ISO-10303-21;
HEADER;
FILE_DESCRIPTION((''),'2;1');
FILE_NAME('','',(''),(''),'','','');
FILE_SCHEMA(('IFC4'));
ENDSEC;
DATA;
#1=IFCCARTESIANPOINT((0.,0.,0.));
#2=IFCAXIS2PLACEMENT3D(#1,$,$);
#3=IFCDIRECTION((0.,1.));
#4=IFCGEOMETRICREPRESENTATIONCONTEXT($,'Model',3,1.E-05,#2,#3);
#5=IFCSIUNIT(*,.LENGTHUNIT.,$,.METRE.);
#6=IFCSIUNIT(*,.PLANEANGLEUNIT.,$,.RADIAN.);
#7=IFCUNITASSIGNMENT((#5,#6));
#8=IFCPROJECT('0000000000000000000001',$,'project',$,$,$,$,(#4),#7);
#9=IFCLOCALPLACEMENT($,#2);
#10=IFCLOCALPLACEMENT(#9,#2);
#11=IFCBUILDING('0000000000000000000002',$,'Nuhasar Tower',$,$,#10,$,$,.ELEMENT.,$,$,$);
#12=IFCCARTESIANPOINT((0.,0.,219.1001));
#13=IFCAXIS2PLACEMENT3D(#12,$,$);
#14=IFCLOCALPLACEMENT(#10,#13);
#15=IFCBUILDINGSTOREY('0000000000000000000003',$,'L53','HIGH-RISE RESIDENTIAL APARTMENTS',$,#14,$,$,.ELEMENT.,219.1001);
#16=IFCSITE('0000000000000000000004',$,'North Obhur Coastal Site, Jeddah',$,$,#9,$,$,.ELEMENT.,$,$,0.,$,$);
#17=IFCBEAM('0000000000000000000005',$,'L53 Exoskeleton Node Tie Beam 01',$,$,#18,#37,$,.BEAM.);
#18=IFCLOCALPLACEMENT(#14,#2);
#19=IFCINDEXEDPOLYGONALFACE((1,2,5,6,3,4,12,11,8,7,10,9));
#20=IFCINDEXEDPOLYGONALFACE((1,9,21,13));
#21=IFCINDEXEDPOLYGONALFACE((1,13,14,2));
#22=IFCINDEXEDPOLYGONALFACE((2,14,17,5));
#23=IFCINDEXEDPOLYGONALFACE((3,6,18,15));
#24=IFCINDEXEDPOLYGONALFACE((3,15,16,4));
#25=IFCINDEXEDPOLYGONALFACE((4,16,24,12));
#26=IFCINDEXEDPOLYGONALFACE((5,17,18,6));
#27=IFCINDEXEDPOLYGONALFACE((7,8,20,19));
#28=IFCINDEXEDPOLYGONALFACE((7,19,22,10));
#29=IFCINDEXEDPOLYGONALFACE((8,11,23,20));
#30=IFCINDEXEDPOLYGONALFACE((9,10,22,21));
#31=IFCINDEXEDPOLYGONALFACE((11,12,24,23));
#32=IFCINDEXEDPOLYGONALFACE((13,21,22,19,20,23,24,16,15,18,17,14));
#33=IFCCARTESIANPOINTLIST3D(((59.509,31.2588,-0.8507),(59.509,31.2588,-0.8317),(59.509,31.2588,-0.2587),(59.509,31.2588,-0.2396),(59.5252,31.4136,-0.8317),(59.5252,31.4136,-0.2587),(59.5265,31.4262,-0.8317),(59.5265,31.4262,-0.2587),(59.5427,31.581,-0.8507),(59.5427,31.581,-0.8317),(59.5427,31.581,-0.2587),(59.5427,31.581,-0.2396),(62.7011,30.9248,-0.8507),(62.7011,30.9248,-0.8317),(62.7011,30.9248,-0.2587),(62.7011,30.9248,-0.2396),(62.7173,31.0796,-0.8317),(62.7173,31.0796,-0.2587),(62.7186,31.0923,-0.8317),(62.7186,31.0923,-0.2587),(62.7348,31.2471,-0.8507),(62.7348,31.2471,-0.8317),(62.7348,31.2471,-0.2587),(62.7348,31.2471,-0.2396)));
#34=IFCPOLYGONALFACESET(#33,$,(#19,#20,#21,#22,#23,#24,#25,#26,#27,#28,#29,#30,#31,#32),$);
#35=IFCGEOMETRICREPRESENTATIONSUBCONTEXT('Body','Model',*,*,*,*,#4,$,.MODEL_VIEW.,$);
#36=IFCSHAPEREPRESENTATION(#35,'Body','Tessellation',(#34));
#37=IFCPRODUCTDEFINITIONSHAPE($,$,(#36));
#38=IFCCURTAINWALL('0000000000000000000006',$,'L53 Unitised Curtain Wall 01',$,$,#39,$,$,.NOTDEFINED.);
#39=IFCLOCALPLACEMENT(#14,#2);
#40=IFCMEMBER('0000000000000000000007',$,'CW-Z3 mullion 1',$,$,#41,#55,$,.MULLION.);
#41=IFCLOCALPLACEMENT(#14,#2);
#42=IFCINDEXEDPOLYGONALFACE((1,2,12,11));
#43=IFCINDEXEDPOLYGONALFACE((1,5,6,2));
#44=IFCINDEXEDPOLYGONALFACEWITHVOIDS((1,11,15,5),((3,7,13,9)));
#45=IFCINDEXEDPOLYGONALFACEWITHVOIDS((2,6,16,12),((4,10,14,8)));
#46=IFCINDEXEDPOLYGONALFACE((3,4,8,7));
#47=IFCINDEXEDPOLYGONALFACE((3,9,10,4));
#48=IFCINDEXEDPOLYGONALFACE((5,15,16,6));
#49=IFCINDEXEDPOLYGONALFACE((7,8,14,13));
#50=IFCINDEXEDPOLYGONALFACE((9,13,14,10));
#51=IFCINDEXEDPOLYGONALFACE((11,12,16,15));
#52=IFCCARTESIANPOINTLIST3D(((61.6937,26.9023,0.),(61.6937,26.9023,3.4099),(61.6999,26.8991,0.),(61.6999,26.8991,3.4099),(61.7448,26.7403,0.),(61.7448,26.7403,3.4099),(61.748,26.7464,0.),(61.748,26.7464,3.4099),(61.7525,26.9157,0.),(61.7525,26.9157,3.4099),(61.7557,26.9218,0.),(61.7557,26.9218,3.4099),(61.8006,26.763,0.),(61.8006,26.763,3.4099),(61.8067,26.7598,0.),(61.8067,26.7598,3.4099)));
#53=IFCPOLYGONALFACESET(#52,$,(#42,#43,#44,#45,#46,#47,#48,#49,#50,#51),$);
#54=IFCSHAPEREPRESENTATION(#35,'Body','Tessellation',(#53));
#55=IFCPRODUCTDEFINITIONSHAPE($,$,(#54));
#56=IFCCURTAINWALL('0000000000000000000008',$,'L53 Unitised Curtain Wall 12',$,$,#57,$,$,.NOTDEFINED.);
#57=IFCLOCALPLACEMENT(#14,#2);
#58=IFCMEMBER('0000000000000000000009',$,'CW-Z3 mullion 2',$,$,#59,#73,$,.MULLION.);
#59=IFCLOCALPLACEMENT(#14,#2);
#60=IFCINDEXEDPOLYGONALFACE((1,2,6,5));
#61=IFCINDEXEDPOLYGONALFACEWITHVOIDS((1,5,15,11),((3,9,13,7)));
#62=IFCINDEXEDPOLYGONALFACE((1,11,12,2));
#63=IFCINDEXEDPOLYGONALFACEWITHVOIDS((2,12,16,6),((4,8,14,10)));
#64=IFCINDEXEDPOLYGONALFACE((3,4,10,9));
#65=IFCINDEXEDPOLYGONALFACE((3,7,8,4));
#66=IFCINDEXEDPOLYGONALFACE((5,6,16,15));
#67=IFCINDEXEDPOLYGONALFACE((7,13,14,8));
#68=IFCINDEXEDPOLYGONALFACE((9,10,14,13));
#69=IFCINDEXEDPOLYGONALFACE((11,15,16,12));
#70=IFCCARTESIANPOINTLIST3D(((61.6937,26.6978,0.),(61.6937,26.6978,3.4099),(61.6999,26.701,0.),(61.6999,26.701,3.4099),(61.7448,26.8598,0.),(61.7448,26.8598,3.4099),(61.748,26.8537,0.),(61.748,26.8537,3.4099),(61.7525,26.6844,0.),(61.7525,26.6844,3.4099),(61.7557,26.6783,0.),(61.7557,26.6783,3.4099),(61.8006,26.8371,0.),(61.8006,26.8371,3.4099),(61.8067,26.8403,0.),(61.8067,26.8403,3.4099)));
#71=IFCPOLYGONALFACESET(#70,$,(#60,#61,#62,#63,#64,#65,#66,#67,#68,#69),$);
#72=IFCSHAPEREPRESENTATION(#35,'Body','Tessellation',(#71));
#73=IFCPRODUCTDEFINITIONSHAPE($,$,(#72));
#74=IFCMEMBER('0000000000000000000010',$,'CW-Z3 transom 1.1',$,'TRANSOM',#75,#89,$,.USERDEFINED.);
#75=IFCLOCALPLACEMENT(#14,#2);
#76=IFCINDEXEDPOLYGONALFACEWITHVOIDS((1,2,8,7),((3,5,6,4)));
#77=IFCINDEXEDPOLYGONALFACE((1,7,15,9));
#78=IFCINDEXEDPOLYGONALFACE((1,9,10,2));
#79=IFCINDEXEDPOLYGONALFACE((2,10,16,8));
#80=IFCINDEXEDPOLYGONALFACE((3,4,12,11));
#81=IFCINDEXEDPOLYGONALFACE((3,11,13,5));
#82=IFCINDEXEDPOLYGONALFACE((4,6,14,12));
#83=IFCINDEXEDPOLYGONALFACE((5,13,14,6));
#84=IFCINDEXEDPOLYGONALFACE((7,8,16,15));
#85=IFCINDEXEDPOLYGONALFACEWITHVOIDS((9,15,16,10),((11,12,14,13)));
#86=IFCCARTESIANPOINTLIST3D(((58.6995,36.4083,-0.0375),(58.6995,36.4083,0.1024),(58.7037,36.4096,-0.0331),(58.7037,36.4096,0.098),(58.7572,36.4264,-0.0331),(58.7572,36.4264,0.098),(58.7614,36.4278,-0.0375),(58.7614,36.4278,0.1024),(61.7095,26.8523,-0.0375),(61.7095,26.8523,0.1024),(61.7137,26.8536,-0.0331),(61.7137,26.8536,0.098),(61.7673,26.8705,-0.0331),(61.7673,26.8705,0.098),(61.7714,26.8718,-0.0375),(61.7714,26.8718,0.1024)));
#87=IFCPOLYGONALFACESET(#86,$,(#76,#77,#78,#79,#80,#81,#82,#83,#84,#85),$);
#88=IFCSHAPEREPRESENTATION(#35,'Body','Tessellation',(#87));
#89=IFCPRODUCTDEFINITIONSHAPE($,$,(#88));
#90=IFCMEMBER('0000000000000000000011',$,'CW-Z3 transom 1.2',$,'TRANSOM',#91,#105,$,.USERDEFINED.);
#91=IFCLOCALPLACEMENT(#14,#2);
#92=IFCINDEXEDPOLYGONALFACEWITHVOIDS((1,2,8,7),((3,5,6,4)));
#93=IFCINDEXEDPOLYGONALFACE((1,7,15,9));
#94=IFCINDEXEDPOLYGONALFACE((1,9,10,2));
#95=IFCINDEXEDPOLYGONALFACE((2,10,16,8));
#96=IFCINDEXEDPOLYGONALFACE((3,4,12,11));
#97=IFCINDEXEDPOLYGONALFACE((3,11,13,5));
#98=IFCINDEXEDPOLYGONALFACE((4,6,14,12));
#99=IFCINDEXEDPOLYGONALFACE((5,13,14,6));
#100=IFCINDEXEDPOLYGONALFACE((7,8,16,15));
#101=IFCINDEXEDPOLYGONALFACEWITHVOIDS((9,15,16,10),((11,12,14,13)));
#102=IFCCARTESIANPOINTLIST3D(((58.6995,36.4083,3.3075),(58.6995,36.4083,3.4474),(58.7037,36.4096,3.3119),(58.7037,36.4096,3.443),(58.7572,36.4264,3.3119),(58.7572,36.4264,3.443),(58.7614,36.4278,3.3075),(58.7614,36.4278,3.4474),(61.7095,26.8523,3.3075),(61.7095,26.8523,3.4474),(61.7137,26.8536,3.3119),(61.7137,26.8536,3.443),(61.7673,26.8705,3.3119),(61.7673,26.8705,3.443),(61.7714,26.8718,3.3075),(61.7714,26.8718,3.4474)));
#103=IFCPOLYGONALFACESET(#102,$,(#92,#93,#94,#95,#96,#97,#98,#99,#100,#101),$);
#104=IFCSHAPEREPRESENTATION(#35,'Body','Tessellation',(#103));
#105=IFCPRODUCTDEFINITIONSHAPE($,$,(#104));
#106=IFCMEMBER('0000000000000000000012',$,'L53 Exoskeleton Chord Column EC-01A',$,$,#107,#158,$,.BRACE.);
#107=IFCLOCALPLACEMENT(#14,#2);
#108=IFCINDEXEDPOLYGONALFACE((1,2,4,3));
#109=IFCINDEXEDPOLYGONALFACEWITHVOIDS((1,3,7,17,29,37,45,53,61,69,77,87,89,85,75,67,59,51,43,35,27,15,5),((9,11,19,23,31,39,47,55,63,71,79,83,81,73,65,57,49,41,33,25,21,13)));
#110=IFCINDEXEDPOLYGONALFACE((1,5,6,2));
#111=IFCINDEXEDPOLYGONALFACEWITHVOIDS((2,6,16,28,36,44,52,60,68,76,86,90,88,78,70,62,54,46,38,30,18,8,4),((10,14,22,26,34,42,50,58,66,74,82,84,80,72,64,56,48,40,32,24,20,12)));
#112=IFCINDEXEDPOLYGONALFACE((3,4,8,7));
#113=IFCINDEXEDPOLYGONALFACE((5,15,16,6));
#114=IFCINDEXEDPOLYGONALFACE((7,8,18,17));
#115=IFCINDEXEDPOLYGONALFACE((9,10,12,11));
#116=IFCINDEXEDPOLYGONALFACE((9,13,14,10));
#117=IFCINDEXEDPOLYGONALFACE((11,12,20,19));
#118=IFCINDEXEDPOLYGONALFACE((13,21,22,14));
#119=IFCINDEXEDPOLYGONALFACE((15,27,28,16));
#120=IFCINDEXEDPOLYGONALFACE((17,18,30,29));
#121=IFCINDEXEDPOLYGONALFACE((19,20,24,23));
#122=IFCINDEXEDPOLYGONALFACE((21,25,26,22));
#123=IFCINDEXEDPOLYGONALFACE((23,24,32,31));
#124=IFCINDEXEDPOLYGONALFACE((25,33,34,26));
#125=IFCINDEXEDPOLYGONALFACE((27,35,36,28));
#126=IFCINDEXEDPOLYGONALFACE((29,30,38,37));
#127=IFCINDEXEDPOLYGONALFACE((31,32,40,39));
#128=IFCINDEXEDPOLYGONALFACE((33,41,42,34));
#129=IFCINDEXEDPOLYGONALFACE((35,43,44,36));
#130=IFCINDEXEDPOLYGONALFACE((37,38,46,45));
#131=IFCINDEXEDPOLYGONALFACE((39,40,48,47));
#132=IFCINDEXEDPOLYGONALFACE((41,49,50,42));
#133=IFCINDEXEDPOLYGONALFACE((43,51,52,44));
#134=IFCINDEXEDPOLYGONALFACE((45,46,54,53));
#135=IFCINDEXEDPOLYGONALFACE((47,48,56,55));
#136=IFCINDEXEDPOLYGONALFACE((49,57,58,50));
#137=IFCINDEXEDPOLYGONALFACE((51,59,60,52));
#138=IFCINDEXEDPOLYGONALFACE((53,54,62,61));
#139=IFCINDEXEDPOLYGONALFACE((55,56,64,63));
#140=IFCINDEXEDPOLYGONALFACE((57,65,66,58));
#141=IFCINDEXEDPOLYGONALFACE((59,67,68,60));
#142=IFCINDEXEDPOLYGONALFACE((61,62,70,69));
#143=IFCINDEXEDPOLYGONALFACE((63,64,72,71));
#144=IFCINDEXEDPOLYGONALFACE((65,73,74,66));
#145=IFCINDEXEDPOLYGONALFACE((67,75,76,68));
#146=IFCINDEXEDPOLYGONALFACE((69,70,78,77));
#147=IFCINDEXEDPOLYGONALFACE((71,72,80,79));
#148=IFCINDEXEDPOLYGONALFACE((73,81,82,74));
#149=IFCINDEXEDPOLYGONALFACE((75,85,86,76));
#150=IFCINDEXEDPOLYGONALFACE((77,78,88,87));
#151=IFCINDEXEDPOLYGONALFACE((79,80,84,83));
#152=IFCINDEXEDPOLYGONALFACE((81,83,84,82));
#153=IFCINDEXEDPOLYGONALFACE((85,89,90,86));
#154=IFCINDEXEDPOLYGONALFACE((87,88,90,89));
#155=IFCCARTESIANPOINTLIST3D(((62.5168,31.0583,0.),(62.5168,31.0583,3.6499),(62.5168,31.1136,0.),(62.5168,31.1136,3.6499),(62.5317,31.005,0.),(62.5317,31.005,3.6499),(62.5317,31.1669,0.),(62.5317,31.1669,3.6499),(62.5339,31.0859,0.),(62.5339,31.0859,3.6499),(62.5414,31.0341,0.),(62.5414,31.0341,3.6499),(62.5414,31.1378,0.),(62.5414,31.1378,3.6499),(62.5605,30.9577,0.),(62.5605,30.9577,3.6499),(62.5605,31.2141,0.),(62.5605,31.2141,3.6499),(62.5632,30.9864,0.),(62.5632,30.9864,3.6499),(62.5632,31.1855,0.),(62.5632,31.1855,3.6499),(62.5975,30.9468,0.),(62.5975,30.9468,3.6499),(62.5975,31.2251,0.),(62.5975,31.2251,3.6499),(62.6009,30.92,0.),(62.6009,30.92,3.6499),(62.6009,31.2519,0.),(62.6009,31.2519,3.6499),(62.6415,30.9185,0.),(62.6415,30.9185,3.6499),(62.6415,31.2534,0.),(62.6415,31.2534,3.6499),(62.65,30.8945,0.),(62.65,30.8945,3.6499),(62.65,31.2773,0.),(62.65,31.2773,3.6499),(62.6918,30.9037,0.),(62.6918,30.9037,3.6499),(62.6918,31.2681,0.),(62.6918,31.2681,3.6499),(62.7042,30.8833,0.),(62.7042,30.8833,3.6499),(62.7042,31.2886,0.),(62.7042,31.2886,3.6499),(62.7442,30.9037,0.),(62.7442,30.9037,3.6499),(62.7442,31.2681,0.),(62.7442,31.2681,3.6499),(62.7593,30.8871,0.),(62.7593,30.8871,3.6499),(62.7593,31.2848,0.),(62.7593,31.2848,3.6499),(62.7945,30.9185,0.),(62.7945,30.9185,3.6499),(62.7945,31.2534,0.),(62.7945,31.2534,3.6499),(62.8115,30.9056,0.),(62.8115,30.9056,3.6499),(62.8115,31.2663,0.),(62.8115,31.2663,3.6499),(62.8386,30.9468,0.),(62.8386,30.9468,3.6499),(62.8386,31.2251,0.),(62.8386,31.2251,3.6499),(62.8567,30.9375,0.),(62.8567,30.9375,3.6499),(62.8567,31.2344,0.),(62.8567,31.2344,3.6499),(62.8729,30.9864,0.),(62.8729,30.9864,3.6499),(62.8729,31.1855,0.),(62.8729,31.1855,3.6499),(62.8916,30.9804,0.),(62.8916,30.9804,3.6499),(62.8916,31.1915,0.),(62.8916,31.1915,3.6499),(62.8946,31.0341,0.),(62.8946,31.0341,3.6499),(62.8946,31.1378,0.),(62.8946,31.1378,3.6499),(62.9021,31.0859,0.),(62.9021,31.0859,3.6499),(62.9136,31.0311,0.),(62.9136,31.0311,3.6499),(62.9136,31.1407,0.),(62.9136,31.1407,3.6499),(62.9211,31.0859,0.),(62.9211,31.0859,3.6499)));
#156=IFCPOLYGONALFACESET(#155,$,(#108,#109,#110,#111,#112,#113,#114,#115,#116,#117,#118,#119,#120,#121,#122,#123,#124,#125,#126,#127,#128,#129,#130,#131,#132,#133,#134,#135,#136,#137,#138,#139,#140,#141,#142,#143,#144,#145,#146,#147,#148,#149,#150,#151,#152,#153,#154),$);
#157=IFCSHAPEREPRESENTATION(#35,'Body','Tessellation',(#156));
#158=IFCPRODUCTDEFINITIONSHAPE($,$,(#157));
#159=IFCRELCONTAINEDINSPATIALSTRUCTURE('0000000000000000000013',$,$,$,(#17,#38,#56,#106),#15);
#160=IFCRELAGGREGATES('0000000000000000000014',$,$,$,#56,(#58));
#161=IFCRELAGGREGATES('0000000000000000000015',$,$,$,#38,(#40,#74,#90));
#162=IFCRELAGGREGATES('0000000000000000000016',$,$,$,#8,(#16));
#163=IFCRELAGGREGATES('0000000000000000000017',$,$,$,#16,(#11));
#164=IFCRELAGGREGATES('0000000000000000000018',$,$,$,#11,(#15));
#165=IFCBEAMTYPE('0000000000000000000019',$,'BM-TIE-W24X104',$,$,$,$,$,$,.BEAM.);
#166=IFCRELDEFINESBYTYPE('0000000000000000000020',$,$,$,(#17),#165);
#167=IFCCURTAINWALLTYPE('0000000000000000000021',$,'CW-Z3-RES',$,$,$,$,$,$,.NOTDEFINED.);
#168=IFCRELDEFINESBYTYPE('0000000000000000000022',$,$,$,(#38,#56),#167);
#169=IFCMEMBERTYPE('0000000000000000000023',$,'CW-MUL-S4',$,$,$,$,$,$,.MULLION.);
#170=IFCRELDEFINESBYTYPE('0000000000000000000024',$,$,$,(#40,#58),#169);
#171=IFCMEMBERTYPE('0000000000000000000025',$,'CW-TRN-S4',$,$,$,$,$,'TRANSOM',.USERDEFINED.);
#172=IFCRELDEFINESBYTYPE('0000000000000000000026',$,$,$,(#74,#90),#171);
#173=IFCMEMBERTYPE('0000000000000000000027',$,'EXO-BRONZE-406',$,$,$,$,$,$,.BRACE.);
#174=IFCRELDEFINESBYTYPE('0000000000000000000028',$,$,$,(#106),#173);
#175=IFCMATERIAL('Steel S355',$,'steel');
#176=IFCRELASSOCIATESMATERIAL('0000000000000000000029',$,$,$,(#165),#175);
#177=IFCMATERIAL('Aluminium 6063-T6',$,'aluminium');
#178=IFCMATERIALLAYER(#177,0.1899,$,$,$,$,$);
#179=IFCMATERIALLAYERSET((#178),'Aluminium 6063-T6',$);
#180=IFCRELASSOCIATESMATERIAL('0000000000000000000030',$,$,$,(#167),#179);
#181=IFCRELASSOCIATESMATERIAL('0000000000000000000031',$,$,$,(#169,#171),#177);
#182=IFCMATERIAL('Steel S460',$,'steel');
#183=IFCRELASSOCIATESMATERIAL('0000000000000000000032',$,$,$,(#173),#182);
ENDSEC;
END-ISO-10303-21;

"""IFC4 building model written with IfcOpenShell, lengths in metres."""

from ifc_helpers import new_model, si_unit, direction, frame, origin, origin_2d, place, context, subcontext, project, spatial, hollow_rectangle, hollow_circle, i_section, extrude, material, layer, layer_set, material_profile, profile_set, type_object, element, aggregate, save


model = new_model("IFC4")

# Units and contexts
model_context = context("Model", 3, precision=1e-05, world=origin(), true_north=direction((0.0, 1.0)))
body_context = subcontext(model_context, "Body", "Model", "MODEL_VIEW")
ifc_project = project(units=[si_unit("LENGTHUNIT", "METRE"), si_unit("PLANEANGLEUNIT", "RADIAN")], contexts=[model_context])

# Site, building, storey
site_placement = place(None, origin())
site = spatial("IfcSite", under=ifc_project, at=site_placement, Name="North Obhur Coastal Site, Jeddah", CompositionType="ELEMENT", RefElevation=0.0)
building_placement = place(site_placement, origin())
building = spatial("IfcBuilding", under=site, at=building_placement, Name="Nuhasar Tower", CompositionType="ELEMENT")
storey_placement = place(building_placement, frame((0.0, 0.0, 219.1001)))
storey = spatial("IfcBuildingStorey", under=building, at=storey_placement, Name="L53", Description="HIGH-RISE RESIDENTIAL APARTMENTS", CompositionType="ELEMENT", Elevation=219.1001)

# Beam
ifc_material_1 = material(Name="Steel S355", Category="steel")
ifc_material_profile_1 = material_profile(ifc_material_1, i_section(OverallWidth=0.324, OverallDepth=0.6111, WebThickness=0.0127, FlangeThickness=0.019, at=origin_2d()), Name="W24X104")
ifc_profile_set_1 = profile_set([ifc_material_profile_1], Name="Steel S355")
beam_type_1 = type_object("IfcBeamType", Name="BM-TIE-W24X104", PredefinedType="BEAM", material=ifc_profile_set_1)
beam_1_placement = place(storey_placement, frame((59.5259, 31.4199, -0.5452), z_axis=(0.994571, -0.104059, 0.0), x_axis=(0.104059, 0.994571, 0.0)))
element("IfcBeam", 1, at=beam_1_placement, inside=storey, type_object=beam_type_1, Name="L53 Exoskeleton Node Tie Beam 01", PredefinedType="BEAM", context=body_context, shape_type="SweptSolid", body=[
    extrude(i_section(OverallWidth=0.324, OverallDepth=0.6111, WebThickness=0.0127, FlangeThickness=0.019, at=origin_2d()), origin(), (0.0, 0.0, 1.0), 3.2095),
])

# Curtain walls, members
ifc_material_2 = material(Name="Aluminium 6063-T6", Category="aluminium")
ifc_layer_1 = layer(ifc_material_2, 0.1899)
ifc_layer_set_1 = layer_set([ifc_layer_1], Name="Aluminium 6063-T6")
curtain_wall_type = type_object("IfcCurtainWallType", Name="CW-Z3-RES", PredefinedType="NOTDEFINED", material=ifc_layer_set_1)
curtain_wall_1_placement = place(storey_placement, origin())
curtain_wall_1 = element("IfcCurtainWall", 2, at=curtain_wall_1_placement, inside=storey, type_object=curtain_wall_type, Name="L53 Unitised Curtain Wall 01", PredefinedType="NOTDEFINED")
ifc_material_profile_2 = material_profile(ifc_material_2, hollow_rectangle(XDim=0.0649, YDim=0.1699, WallThickness=0.0049, at=origin_2d()), Name="CWM-4")
ifc_profile_set_2 = profile_set([ifc_material_profile_2], Name="Aluminium 6063-T6")
member_type_1 = type_object("IfcMemberType", Name="CW-MUL-S4", PredefinedType="MULLION", material=ifc_profile_set_2)
member_1_placement = place(storey_placement, frame((61.7502, 26.8311, 0.0), z_axis=(0.0, 0.0, 1.0), x_axis=(-0.953804, -0.300429, 0.0)))
member_1 = element("IfcMember", 3, at=member_1_placement, type_object=member_type_1, Name="CW-Z3 mullion 1", PredefinedType="MULLION", context=body_context, shape_type="SweptSolid", body=[
    extrude(hollow_rectangle(XDim=0.0649, YDim=0.1699, WallThickness=0.0049, at=origin_2d()), origin(), (0.0, 0.0, 1.0), 3.4099),
])
curtain_wall_2_placement = place(storey_placement, origin())
curtain_wall_2 = element("IfcCurtainWall", 4, at=curtain_wall_2_placement, inside=storey, type_object=curtain_wall_type, Name="L53 Unitised Curtain Wall 12", PredefinedType="NOTDEFINED")
member_2_placement = place(storey_placement, frame((61.7502, 26.769, 0.0), z_axis=(0.0, 0.0, 1.0), x_axis=(-0.953804, 0.300429, 0.0)))
member_2 = element("IfcMember", 5, at=member_2_placement, type_object=member_type_1, Name="CW-Z3 mullion 2", PredefinedType="MULLION", context=body_context, shape_type="SweptSolid", body=[
    extrude(hollow_rectangle(XDim=0.0649, YDim=0.1699, WallThickness=0.0049, at=origin_2d()), origin(), (0.0, 0.0, 1.0), 3.4099),
])
aggregate(curtain_wall_2, [member_2])

# Members
ifc_material_profile_3 = material_profile(ifc_material_2, hollow_rectangle(XDim=0.0649, YDim=0.1399, WallThickness=0.0044, at=origin_2d()), Name="CWT-4")
ifc_profile_set_3 = profile_set([ifc_material_profile_3], Name="Aluminium 6063-T6")
member_type_2 = type_object("IfcMemberType", Name="CW-TRN-S4", ElementType="TRANSOM", PredefinedType="USERDEFINED", material=ifc_profile_set_3)
member_3_placement = place(storey_placement, frame((61.7405, 26.8621, 0.0325), z_axis=(-0.300437, 0.953802, 0.0), x_axis=(-0.953802, -0.300437, 0.0)))
member_3 = element("IfcMember", 6, at=member_3_placement, type_object=member_type_2, Name="CW-Z3 transom 1.1", ObjectType="TRANSOM", PredefinedType="USERDEFINED", context=body_context, shape_type="SweptSolid", body=[
    extrude(hollow_rectangle(XDim=0.0649, YDim=0.1399, WallThickness=0.0044, at=origin_2d()), origin(), (0.0, 0.0, 1.0), 10.0188),
])
member_4_placement = place(storey_placement, frame((61.7405, 26.8621, 3.3774), z_axis=(-0.300437, 0.953802, 0.0), x_axis=(-0.953802, -0.300437, 0.0)))
member_4 = element("IfcMember", 7, at=member_4_placement, type_object=member_type_2, Name="CW-Z3 transom 1.2", ObjectType="TRANSOM", PredefinedType="USERDEFINED", context=body_context, shape_type="SweptSolid", body=[
    extrude(hollow_rectangle(XDim=0.0649, YDim=0.1399, WallThickness=0.0044, at=origin_2d()), origin(), (0.0, 0.0, 1.0), 10.0188),
])

# Member
ifc_material_3 = material(Name="Steel S460", Category="steel")
ifc_material_profile_4 = material_profile(ifc_material_3, hollow_circle(Radius=0.2031, WallThickness=0.019, at=origin_2d()), Name="HSS406.4X19.1")
ifc_profile_set_4 = profile_set([ifc_material_profile_4], Name="Steel S460")
member_type_3 = type_object("IfcMemberType", Name="EXO-BRONZE-406", PredefinedType="BRACE", material=ifc_profile_set_4)
for number, where, z_axis, x_axis, name in (
    (8, (62.718, 31.0859, 0.0), (0.0, 0.0, 1.0), (1.0, 0.0, 0.0), "L53 Exoskeleton Chord Column EC-01A"),
):
    element("IfcMember", number, at=place(storey_placement, frame(where, z_axis=z_axis, x_axis=x_axis)), inside=storey, type_object=member_type_3, Name=name, PredefinedType="BRACE", context=body_context, shape_type="SweptSolid", body=[
        extrude(hollow_circle(Radius=0.2031, WallThickness=0.019, at=origin_2d()), origin(), (0.0, 0.0, 1.0), 3.6499),
    ])

aggregate(curtain_wall_1, [member_1, member_3, member_4])

save(model, "model.ifc")
